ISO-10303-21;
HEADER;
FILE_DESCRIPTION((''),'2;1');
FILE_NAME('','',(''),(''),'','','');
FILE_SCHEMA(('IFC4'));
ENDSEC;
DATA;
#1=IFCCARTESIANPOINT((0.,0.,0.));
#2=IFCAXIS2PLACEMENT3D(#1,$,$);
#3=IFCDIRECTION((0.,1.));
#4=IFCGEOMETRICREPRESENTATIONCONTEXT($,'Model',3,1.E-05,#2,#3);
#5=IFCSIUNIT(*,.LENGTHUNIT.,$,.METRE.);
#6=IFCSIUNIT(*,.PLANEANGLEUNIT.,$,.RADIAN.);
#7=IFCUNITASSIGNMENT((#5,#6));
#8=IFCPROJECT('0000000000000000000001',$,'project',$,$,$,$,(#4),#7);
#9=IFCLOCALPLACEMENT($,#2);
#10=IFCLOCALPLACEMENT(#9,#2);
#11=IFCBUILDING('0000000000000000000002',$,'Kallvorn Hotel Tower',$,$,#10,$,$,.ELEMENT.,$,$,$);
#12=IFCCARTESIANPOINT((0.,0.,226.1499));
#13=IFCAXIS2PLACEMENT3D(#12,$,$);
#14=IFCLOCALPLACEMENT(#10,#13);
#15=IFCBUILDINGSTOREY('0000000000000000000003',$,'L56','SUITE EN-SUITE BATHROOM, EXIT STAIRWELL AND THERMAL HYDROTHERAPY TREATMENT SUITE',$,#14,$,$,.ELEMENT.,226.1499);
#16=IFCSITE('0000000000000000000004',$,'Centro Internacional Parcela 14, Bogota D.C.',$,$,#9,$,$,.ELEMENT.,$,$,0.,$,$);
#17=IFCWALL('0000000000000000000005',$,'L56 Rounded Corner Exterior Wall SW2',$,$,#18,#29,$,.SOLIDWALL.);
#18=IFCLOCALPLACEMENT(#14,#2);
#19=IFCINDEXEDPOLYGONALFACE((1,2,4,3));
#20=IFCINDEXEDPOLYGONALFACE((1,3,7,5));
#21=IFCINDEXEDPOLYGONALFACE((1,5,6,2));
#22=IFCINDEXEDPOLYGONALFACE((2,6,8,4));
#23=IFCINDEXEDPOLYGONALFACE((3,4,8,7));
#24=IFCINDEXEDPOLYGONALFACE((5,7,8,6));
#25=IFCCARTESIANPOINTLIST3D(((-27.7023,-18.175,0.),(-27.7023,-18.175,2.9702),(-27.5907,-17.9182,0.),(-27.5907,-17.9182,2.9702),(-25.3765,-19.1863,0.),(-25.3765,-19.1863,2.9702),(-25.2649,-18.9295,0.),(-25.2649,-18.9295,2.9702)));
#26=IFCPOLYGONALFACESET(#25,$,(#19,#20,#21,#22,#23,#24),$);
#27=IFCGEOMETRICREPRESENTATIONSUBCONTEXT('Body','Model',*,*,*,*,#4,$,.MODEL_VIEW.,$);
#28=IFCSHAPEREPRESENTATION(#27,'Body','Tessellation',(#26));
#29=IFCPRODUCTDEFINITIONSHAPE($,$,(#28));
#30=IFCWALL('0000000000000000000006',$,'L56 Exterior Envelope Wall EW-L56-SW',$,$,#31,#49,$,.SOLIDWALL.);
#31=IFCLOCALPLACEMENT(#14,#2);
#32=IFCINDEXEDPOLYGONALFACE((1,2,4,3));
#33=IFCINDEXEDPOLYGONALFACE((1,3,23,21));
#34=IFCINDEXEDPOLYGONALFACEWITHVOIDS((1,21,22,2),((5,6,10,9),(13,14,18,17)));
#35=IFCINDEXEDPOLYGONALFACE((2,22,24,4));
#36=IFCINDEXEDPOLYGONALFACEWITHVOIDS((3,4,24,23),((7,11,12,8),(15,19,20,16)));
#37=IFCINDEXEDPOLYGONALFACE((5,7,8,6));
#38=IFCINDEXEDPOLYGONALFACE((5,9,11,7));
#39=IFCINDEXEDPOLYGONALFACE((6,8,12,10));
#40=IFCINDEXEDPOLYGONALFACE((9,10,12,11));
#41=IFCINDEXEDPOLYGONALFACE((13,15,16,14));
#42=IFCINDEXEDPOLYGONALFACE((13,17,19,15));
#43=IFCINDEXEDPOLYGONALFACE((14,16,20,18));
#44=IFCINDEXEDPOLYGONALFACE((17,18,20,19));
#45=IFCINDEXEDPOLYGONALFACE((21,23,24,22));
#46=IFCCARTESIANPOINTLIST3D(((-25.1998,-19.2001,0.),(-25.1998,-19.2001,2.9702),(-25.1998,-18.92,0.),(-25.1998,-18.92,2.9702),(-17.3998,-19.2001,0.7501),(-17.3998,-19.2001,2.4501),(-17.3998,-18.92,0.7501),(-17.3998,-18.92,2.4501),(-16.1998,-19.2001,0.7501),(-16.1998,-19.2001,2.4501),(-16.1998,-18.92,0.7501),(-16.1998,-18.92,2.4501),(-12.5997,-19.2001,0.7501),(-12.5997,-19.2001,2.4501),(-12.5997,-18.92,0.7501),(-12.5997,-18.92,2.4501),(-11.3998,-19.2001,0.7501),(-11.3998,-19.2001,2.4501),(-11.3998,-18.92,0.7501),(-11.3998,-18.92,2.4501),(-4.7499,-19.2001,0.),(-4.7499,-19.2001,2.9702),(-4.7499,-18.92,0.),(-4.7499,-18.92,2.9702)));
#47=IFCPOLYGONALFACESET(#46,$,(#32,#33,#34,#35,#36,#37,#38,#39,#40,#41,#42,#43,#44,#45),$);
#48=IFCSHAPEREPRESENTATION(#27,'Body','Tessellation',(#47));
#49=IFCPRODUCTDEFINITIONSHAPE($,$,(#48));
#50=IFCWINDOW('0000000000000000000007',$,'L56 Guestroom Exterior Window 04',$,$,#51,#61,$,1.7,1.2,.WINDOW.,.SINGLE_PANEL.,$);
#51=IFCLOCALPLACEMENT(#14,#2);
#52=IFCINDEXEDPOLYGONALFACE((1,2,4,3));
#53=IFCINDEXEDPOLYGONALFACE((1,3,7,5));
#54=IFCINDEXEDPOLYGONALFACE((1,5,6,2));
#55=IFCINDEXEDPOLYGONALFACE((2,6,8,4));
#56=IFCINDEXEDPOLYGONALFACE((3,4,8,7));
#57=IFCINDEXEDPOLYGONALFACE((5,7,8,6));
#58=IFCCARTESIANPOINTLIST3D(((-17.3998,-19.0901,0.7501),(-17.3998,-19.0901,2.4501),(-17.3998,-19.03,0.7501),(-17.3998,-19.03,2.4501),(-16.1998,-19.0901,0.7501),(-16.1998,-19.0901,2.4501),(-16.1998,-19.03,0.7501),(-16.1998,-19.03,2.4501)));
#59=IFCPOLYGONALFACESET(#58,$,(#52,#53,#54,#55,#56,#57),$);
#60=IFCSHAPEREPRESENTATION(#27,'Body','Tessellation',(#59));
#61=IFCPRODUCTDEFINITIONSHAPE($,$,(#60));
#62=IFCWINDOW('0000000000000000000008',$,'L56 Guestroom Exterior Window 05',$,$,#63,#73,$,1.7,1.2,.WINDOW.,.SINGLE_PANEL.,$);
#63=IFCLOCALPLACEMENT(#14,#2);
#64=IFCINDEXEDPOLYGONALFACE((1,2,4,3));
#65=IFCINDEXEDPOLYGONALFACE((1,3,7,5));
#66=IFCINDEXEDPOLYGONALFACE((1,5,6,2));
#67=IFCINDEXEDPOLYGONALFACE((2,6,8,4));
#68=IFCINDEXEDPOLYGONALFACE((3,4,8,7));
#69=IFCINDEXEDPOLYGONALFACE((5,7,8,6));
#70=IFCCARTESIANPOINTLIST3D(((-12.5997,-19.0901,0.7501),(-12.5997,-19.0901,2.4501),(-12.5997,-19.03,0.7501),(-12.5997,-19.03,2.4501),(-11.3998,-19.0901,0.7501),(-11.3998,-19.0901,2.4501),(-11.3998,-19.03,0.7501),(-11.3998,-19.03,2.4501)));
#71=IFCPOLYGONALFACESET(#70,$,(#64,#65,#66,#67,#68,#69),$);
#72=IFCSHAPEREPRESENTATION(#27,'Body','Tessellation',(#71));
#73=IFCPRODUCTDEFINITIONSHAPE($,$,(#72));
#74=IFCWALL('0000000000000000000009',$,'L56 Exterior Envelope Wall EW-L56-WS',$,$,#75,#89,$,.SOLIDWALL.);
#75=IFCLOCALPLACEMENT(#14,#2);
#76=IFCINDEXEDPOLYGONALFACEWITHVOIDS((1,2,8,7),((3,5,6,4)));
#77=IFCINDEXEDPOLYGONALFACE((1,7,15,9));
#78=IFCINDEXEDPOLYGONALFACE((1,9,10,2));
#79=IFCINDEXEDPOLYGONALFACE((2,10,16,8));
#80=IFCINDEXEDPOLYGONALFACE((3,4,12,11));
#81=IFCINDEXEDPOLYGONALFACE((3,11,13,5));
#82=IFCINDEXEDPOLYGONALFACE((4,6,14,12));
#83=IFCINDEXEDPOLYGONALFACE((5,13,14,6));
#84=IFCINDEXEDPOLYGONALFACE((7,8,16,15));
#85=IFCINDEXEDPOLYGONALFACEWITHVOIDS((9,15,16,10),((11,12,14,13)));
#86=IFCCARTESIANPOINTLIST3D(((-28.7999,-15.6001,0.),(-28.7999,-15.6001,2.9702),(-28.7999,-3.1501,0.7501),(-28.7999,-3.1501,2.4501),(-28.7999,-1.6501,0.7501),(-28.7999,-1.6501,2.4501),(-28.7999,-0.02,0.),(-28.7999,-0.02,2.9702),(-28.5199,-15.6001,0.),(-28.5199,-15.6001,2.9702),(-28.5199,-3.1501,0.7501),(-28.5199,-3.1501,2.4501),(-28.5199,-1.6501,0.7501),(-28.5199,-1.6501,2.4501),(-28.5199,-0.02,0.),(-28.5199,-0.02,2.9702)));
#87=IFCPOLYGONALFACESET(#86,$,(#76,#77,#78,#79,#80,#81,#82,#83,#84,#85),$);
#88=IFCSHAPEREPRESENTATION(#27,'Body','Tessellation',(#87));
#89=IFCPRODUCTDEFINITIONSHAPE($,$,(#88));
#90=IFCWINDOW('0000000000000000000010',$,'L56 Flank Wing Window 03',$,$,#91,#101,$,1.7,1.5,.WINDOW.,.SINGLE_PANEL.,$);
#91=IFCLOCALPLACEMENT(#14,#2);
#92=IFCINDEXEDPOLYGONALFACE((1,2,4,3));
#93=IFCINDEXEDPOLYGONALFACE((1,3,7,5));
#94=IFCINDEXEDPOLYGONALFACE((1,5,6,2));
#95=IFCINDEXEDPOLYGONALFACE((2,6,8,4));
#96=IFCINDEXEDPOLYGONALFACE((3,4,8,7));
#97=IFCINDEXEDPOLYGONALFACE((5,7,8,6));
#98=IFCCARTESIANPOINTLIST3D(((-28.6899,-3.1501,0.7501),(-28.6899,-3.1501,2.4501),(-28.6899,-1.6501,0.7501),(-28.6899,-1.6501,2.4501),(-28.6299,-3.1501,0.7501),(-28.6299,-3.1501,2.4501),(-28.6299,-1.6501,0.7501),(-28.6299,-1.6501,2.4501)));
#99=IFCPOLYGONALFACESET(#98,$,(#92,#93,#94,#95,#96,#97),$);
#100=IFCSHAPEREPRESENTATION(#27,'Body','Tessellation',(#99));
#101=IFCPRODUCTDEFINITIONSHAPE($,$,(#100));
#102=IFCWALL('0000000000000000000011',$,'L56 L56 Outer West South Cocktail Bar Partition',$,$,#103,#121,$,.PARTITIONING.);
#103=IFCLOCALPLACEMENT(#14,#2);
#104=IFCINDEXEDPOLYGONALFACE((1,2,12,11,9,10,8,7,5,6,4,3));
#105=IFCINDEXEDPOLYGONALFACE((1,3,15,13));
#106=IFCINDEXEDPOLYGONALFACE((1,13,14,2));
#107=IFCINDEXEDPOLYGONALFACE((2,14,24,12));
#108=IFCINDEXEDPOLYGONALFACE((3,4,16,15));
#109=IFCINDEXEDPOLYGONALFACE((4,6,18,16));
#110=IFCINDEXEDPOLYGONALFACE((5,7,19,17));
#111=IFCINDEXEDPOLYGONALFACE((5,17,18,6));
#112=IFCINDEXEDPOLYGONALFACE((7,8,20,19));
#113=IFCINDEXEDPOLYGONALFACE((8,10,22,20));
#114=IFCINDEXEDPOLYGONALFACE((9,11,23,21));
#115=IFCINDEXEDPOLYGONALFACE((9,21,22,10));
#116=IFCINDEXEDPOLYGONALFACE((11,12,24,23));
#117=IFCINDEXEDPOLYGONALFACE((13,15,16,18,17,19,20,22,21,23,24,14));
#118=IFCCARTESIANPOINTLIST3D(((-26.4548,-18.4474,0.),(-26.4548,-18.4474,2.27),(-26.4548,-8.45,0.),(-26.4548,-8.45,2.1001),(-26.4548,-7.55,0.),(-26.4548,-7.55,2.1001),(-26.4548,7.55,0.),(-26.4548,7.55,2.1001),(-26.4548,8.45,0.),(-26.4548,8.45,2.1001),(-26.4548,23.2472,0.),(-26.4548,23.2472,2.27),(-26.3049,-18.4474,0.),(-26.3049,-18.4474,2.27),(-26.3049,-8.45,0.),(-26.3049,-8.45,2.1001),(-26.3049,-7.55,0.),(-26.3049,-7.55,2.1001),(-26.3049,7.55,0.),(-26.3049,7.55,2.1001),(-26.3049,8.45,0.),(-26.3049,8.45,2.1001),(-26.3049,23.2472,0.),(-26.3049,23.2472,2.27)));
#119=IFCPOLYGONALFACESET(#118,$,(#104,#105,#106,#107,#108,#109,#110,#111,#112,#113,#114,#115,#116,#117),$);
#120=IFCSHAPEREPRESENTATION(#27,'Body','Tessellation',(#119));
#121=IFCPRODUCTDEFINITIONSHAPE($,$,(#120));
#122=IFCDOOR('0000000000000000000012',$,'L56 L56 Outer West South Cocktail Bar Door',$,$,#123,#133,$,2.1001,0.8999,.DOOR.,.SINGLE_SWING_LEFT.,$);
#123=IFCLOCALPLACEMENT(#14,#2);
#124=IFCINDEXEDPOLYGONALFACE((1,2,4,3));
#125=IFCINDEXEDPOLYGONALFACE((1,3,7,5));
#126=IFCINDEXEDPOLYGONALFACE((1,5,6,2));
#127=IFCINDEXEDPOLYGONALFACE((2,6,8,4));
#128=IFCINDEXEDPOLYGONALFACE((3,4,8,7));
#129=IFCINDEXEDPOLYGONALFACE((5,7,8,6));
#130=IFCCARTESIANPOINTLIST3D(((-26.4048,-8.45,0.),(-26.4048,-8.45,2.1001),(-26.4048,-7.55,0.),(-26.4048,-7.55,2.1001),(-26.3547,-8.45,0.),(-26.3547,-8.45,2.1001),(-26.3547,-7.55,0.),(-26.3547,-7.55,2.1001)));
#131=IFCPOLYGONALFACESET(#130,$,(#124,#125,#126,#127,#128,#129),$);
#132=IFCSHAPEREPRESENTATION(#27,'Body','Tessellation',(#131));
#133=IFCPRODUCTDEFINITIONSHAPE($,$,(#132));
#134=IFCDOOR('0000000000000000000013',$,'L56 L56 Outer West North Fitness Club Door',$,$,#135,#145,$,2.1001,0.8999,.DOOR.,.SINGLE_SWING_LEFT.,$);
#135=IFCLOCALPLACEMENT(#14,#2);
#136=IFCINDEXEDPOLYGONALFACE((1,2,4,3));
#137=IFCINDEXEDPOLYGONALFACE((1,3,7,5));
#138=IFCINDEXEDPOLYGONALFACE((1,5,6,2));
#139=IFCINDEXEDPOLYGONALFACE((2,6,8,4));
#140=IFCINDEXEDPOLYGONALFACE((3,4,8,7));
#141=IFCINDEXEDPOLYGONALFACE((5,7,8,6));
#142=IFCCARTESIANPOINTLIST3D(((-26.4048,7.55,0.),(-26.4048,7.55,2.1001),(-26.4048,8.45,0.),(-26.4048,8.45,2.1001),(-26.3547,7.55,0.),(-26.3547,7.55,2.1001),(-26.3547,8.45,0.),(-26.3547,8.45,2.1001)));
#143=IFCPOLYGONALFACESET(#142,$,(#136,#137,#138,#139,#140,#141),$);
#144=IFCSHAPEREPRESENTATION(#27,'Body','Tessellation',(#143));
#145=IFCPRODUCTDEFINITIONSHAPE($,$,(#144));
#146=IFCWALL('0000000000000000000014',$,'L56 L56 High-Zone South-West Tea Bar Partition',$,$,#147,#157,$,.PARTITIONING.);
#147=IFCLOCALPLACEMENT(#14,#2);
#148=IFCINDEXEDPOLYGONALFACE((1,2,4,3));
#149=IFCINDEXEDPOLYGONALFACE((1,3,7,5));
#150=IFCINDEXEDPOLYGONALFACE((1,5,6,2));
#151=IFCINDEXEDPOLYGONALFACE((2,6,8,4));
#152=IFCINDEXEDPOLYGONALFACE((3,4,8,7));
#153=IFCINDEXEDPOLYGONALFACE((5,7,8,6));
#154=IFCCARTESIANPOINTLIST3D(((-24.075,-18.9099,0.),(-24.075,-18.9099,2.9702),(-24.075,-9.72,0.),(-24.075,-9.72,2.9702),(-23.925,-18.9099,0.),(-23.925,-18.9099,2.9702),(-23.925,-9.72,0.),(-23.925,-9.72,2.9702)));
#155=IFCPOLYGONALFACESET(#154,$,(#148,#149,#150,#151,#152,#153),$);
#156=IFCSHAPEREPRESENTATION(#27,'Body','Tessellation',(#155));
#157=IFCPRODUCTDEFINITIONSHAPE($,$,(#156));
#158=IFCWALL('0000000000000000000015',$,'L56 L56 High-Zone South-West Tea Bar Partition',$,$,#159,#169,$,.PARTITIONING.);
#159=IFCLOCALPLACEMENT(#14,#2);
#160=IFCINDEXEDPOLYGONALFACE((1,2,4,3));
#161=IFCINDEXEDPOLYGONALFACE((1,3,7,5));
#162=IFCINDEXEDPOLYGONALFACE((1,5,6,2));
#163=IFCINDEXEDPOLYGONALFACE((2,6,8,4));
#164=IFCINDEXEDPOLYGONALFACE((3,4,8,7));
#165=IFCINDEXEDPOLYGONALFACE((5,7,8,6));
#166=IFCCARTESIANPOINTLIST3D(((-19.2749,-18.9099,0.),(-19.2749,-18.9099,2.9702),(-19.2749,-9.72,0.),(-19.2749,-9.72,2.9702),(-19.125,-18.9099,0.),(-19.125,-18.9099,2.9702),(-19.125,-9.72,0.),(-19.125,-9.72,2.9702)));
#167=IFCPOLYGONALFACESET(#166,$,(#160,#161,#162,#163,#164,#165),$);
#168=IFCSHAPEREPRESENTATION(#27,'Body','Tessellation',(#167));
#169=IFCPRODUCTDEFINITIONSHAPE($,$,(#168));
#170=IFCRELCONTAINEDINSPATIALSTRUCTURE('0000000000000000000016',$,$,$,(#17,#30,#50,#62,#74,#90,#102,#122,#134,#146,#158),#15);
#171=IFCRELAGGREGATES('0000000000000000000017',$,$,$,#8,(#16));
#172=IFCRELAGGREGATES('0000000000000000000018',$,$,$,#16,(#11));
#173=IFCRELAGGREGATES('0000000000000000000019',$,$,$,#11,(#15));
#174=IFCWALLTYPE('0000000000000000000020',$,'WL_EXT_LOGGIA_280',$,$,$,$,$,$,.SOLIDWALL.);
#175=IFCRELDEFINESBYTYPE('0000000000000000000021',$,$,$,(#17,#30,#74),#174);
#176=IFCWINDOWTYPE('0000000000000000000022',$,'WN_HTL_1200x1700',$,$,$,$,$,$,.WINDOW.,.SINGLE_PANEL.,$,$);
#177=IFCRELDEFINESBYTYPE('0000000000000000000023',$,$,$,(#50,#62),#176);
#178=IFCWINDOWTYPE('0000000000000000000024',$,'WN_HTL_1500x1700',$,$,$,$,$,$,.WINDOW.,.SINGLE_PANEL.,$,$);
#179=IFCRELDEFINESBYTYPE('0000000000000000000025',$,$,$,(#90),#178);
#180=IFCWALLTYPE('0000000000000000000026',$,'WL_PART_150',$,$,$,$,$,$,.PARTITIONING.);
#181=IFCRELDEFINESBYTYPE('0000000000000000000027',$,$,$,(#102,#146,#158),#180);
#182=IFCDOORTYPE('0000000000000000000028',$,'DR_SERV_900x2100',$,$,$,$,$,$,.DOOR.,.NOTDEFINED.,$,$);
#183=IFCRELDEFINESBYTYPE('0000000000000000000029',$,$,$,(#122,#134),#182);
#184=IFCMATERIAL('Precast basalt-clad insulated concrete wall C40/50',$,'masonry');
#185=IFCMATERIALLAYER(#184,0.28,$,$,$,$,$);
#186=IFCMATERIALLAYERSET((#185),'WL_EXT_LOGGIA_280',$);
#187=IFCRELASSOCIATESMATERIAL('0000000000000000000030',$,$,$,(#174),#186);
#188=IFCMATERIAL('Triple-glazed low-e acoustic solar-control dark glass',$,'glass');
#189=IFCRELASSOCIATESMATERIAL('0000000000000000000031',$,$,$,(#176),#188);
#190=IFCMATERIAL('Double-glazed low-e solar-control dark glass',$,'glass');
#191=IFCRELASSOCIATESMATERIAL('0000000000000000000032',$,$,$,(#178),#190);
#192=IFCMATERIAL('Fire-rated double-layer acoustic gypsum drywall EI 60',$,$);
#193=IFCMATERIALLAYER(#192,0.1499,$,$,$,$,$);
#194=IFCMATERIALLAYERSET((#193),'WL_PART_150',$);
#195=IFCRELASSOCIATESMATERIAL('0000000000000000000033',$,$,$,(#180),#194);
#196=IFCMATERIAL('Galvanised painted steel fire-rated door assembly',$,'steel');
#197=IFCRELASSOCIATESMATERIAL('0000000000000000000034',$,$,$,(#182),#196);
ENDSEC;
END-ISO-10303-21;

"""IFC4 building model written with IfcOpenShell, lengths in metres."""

from ifc_helpers import new_model, si_unit, direction, frame, frame_2d, origin, place, context, subcontext, project, spatial, rectangle, extrude, material, layer, layer_set, type_object, element, fill, save


model = new_model("IFC4")

# Units and contexts
model_context = context("Model", 3, precision=1e-05, world=origin(), true_north=direction((0.0, 1.0)))
body_context = subcontext(model_context, "Body", "Model", "MODEL_VIEW")
ifc_project = project(units=[si_unit("LENGTHUNIT", "METRE"), si_unit("PLANEANGLEUNIT", "RADIAN")], contexts=[model_context])

# Site, building, storey
site_placement = place(None, origin())
site = spatial("IfcSite", under=ifc_project, at=site_placement, Name="Centro Internacional Parcela 14, Bogota D.C.", CompositionType="ELEMENT", RefElevation=0.0)
building_placement = place(site_placement, origin())
building = spatial("IfcBuilding", under=site, at=building_placement, Name="Kallvorn Hotel Tower", CompositionType="ELEMENT")
storey_placement = place(building_placement, frame((0.0, 0.0, 226.1499)))
storey = spatial("IfcBuildingStorey", under=building, at=storey_placement, Name="L56", Description="SUITE EN-SUITE BATHROOM, EXIT STAIRWELL AND THERMAL HYDROTHERAPY TREATMENT SUITE", CompositionType="ELEMENT", Elevation=226.1499)

# Wall
ifc_material_1 = material(Name="Precast basalt-clad insulated concrete wall C40/50", Category="masonry")
ifc_layer_1 = layer(ifc_material_1, 0.28)
ifc_layer_set_1 = layer_set([ifc_layer_1], Name="WL_EXT_LOGGIA_280")
wall_type_1 = type_object("IfcWallType", Name="WL_EXT_LOGGIA_280", PredefinedType="SOLIDWALL", material=ifc_layer_set_1)
wall_1_placement = place(storey_placement, frame((-27.6465, -18.0466, 0.0), z_axis=(0.0, 0.0, 1.0), x_axis=(0.917061, -0.398747, 0.0)))
element("IfcWall", 1, at=wall_1_placement, inside=storey, type_object=wall_type_1, Name="L56 Rounded Corner Exterior Wall SW2", PredefinedType="SOLIDWALL", context=body_context, shape_type="SweptSolid", body=[
    extrude(rectangle(XDim=2.5361, YDim=0.28, at=frame_2d((1.2681, 0.0))), origin(), (0.0, 0.0, 1.0), 2.9702),
])

# Wall, openings, windows
wall_2_placement = place(storey_placement, frame((-25.2, -19.0601, 0.0), z_axis=(0.0, 0.0, 1.0), x_axis=(1.0, 0.0, 0.0)))
wall_2 = element("IfcWall", 2, at=wall_2_placement, inside=storey, type_object=wall_type_1, Name="L56 Exterior Envelope Wall EW-L56-SW", PredefinedType="SOLIDWALL", context=body_context, shape_type="SweptSolid", body=[
    extrude(rectangle(XDim=20.45, YDim=0.28, at=frame_2d((10.2251, 0.0))), origin(), (0.0, 0.0, 1.0), 2.9702),
])
opening_1_placement = place(wall_2_placement, frame((7.8, 0.0, 0.75)))
opening_1 = element("IfcOpeningElement", 3, at=opening_1_placement, cuts=wall_2, PredefinedType="OPENING", context=body_context, shape_type="SweptSolid", body=[
    extrude(rectangle(XDim=1.2, YDim=1.7, at=frame_2d((0.6001, 0.8501))), frame((0.0, 0.155, 0.0), z_axis=(0.0, -1.0, 0.0), x_axis=(1.0, 0.0, 0.0)), (0.0, 0.0, 1.0), 0.3101),
])
opening_2_placement = place(wall_2_placement, frame((12.6001, 0.0, 0.75)))
opening_2 = element("IfcOpeningElement", 4, at=opening_2_placement, cuts=wall_2, PredefinedType="OPENING", context=body_context, shape_type="SweptSolid", body=[
    extrude(rectangle(XDim=1.2, YDim=1.7, at=frame_2d((0.6001, 0.8501))), frame((0.0, 0.155, 0.0), z_axis=(0.0, -1.0, 0.0), x_axis=(1.0, 0.0, 0.0)), (0.0, 0.0, 1.0), 0.3101),
])
ifc_material_2 = material(Name="Triple-glazed low-e acoustic solar-control dark glass", Category="glass")
window_type_1 = type_object("IfcWindowType", Name="WN_HTL_1200x1700", PartitioningType="SINGLE_PANEL", PredefinedType="WINDOW", material=ifc_material_2)
window_1_placement = place(opening_1_placement, origin())
window_1 = element("IfcWindow", 5, at=window_1_placement, inside=storey, type_object=window_type_1, Name="L56 Guestroom Exterior Window 04", OverallHeight=1.7, OverallWidth=1.2, PartitioningType="SINGLE_PANEL", PredefinedType="WINDOW", context=body_context, shape_type="SweptSolid", body=[
    extrude(rectangle(XDim=1.2, YDim=1.7, at=frame_2d((0.6001, 0.8501))), frame((0.0, 0.03, 0.0), z_axis=(0.0, -1.0, 0.0), x_axis=(1.0, 0.0, 0.0)), (0.0, 0.0, 1.0), 0.0601),
])
fill(opening_1, window_1)
window_2_placement = place(opening_2_placement, origin())
window_2 = element("IfcWindow", 6, at=window_2_placement, inside=storey, type_object=window_type_1, Name="L56 Guestroom Exterior Window 05", OverallHeight=1.7, OverallWidth=1.2, PartitioningType="SINGLE_PANEL", PredefinedType="WINDOW", context=body_context, shape_type="SweptSolid", body=[
    extrude(rectangle(XDim=1.2, YDim=1.7, at=frame_2d((0.6001, 0.8501))), frame((0.0, 0.03, 0.0), z_axis=(0.0, -1.0, 0.0), x_axis=(1.0, 0.0, 0.0)), (0.0, 0.0, 1.0), 0.0601),
])
fill(opening_2, window_2)

# Wall, opening, window
wall_3_placement = place(storey_placement, frame((-28.6599, -15.6001, 0.0), z_axis=(0.0, 0.0, 1.0), x_axis=(0.0, 1.0, 0.0)))
wall_3 = element("IfcWall", 7, at=wall_3_placement, inside=storey, type_object=wall_type_1, Name="L56 Exterior Envelope Wall EW-L56-WS", PredefinedType="SOLIDWALL", context=body_context, shape_type="SweptSolid", body=[
    extrude(rectangle(XDim=15.5801, YDim=0.28, at=frame_2d((7.79, 0.0))), origin(), (0.0, 0.0, 1.0), 2.9702),
])
opening_3_placement = place(wall_3_placement, frame((12.45, 0.0, 0.75)))
opening_3 = element("IfcOpeningElement", 8, at=opening_3_placement, cuts=wall_3, PredefinedType="OPENING", context=body_context, shape_type="SweptSolid", body=[
    extrude(rectangle(XDim=1.5, YDim=1.7, at=frame_2d((0.75, 0.8501))), frame((0.0, 0.155, 0.0), z_axis=(0.0, -1.0, 0.0), x_axis=(1.0, 0.0, 0.0)), (0.0, 0.0, 1.0), 0.3101),
])
ifc_material_3 = material(Name="Double-glazed low-e solar-control dark glass", Category="glass")
window_type_2 = type_object("IfcWindowType", Name="WN_HTL_1500x1700", PartitioningType="SINGLE_PANEL", PredefinedType="WINDOW", material=ifc_material_3)
window_3_placement = place(opening_3_placement, origin())
window_3 = element("IfcWindow", 9, at=window_3_placement, inside=storey, type_object=window_type_2, Name="L56 Flank Wing Window 03", OverallHeight=1.7, OverallWidth=1.5, PartitioningType="SINGLE_PANEL", PredefinedType="WINDOW", context=body_context, shape_type="SweptSolid", body=[
    extrude(rectangle(XDim=1.5, YDim=1.7, at=frame_2d((0.75, 0.8501))), frame((0.0, 0.03, 0.0), z_axis=(0.0, -1.0, 0.0), x_axis=(1.0, 0.0, 0.0)), (0.0, 0.0, 1.0), 0.0601),
])
fill(opening_3, window_3)

# Wall, openings, doors
ifc_material_4 = material(Name="Fire-rated double-layer acoustic gypsum drywall EI 60")
ifc_layer_2 = layer(ifc_material_4, 0.1499)
ifc_layer_set_2 = layer_set([ifc_layer_2], Name="WL_PART_150")
wall_type_2 = type_object("IfcWallType", Name="WL_PART_150", PredefinedType="PARTITIONING", material=ifc_layer_set_2)
wall_4_placement = place(storey_placement, frame((-26.3799, -18.4473, 0.0), z_axis=(0.0, 0.0, 1.0), x_axis=(0.0, 1.0, 0.0)))
wall_4 = element("IfcWall", 10, at=wall_4_placement, inside=storey, type_object=wall_type_2, Name="L56 L56 Outer West South Cocktail Bar Partition", PredefinedType="PARTITIONING", context=body_context, shape_type="SweptSolid", body=[
    extrude(rectangle(XDim=41.6946, YDim=0.1499, at=frame_2d((20.8472, 0.0))), origin(), (0.0, 0.0, 1.0), 2.27),
])
opening_4_placement = place(wall_4_placement, frame((9.9973, 0.0, 0.0)))
opening_4 = element("IfcOpeningElement", 11, at=opening_4_placement, cuts=wall_4, PredefinedType="OPENING", context=body_context, shape_type="SweptSolid", body=[
    extrude(rectangle(XDim=0.8999, YDim=2.1001, at=frame_2d((0.45, 1.05))), frame((0.0, 0.0898, 0.0), z_axis=(0.0, -1.0, 0.0), x_axis=(1.0, 0.0, 0.0)), (0.0, 0.0, 1.0), 0.1799),
])
opening_5_placement = place(wall_4_placement, frame((25.9973, 0.0, 0.0)))
opening_5 = element("IfcOpeningElement", 12, at=opening_5_placement, cuts=wall_4, PredefinedType="OPENING", context=body_context, shape_type="SweptSolid", body=[
    extrude(rectangle(XDim=0.8999, YDim=2.1001, at=frame_2d((0.45, 1.05))), frame((0.0, 0.0898, 0.0), z_axis=(0.0, -1.0, 0.0), x_axis=(1.0, 0.0, 0.0)), (0.0, 0.0, 1.0), 0.1799),
])
ifc_material_5 = material(Name="Galvanised painted steel fire-rated door assembly", Category="steel")
door_type = type_object("IfcDoorType", Name="DR_SERV_900x2100", OperationType="NOTDEFINED", PredefinedType="DOOR", material=ifc_material_5)
door_1_placement = place(opening_4_placement, origin())
door_1 = element("IfcDoor", 13, at=door_1_placement, inside=storey, type_object=door_type, Name="L56 L56 Outer West South Cocktail Bar Door", OperationType="SINGLE_SWING_LEFT", OverallHeight=2.1001, OverallWidth=0.8999, PredefinedType="DOOR", context=body_context, shape_type="SweptSolid", body=[
    extrude(rectangle(XDim=0.8999, YDim=2.1001, at=frame_2d((0.45, 1.05))), frame((0.0, 0.0249, 0.0), z_axis=(0.0, -1.0, 0.0), x_axis=(1.0, 0.0, 0.0)), (0.0, 0.0, 1.0), 0.05),
])
fill(opening_4, door_1)
door_2_placement = place(opening_5_placement, origin())
door_2 = element("IfcDoor", 14, at=door_2_placement, inside=storey, type_object=door_type, Name="L56 L56 Outer West North Fitness Club Door", OperationType="SINGLE_SWING_LEFT", OverallHeight=2.1001, OverallWidth=0.8999, PredefinedType="DOOR", context=body_context, shape_type="SweptSolid", body=[
    extrude(rectangle(XDim=0.8999, YDim=2.1001, at=frame_2d((0.45, 1.05))), frame((0.0, 0.0249, 0.0), z_axis=(0.0, -1.0, 0.0), x_axis=(1.0, 0.0, 0.0)), (0.0, 0.0, 1.0), 0.05),
])
fill(opening_5, door_2)

# Walls
for number, where, z_axis, x_axis, name in (
    (15, (-24.0, -18.9099, 0.0), (0.0, 0.0, 1.0), (0.0, 1.0, 0.0), "L56 L56 High-Zone South-West Tea Bar Partition"),
    (16, (-19.2, -18.9099, 0.0), (0.0, 0.0, 1.0), (0.0, 1.0, 0.0), "L56 L56 High-Zone South-West Tea Bar Partition"),
):
    element("IfcWall", number, at=place(storey_placement, frame(where, z_axis=z_axis, x_axis=x_axis)), inside=storey, type_object=wall_type_2, Name=name, PredefinedType="PARTITIONING", context=body_context, shape_type="SweptSolid", body=[
        extrude(rectangle(XDim=9.1899, YDim=0.1499, at=frame_2d((4.595, 0.0))), origin(), (0.0, 0.0, 1.0), 2.9702),
    ])

save(model, "model.ifc")
